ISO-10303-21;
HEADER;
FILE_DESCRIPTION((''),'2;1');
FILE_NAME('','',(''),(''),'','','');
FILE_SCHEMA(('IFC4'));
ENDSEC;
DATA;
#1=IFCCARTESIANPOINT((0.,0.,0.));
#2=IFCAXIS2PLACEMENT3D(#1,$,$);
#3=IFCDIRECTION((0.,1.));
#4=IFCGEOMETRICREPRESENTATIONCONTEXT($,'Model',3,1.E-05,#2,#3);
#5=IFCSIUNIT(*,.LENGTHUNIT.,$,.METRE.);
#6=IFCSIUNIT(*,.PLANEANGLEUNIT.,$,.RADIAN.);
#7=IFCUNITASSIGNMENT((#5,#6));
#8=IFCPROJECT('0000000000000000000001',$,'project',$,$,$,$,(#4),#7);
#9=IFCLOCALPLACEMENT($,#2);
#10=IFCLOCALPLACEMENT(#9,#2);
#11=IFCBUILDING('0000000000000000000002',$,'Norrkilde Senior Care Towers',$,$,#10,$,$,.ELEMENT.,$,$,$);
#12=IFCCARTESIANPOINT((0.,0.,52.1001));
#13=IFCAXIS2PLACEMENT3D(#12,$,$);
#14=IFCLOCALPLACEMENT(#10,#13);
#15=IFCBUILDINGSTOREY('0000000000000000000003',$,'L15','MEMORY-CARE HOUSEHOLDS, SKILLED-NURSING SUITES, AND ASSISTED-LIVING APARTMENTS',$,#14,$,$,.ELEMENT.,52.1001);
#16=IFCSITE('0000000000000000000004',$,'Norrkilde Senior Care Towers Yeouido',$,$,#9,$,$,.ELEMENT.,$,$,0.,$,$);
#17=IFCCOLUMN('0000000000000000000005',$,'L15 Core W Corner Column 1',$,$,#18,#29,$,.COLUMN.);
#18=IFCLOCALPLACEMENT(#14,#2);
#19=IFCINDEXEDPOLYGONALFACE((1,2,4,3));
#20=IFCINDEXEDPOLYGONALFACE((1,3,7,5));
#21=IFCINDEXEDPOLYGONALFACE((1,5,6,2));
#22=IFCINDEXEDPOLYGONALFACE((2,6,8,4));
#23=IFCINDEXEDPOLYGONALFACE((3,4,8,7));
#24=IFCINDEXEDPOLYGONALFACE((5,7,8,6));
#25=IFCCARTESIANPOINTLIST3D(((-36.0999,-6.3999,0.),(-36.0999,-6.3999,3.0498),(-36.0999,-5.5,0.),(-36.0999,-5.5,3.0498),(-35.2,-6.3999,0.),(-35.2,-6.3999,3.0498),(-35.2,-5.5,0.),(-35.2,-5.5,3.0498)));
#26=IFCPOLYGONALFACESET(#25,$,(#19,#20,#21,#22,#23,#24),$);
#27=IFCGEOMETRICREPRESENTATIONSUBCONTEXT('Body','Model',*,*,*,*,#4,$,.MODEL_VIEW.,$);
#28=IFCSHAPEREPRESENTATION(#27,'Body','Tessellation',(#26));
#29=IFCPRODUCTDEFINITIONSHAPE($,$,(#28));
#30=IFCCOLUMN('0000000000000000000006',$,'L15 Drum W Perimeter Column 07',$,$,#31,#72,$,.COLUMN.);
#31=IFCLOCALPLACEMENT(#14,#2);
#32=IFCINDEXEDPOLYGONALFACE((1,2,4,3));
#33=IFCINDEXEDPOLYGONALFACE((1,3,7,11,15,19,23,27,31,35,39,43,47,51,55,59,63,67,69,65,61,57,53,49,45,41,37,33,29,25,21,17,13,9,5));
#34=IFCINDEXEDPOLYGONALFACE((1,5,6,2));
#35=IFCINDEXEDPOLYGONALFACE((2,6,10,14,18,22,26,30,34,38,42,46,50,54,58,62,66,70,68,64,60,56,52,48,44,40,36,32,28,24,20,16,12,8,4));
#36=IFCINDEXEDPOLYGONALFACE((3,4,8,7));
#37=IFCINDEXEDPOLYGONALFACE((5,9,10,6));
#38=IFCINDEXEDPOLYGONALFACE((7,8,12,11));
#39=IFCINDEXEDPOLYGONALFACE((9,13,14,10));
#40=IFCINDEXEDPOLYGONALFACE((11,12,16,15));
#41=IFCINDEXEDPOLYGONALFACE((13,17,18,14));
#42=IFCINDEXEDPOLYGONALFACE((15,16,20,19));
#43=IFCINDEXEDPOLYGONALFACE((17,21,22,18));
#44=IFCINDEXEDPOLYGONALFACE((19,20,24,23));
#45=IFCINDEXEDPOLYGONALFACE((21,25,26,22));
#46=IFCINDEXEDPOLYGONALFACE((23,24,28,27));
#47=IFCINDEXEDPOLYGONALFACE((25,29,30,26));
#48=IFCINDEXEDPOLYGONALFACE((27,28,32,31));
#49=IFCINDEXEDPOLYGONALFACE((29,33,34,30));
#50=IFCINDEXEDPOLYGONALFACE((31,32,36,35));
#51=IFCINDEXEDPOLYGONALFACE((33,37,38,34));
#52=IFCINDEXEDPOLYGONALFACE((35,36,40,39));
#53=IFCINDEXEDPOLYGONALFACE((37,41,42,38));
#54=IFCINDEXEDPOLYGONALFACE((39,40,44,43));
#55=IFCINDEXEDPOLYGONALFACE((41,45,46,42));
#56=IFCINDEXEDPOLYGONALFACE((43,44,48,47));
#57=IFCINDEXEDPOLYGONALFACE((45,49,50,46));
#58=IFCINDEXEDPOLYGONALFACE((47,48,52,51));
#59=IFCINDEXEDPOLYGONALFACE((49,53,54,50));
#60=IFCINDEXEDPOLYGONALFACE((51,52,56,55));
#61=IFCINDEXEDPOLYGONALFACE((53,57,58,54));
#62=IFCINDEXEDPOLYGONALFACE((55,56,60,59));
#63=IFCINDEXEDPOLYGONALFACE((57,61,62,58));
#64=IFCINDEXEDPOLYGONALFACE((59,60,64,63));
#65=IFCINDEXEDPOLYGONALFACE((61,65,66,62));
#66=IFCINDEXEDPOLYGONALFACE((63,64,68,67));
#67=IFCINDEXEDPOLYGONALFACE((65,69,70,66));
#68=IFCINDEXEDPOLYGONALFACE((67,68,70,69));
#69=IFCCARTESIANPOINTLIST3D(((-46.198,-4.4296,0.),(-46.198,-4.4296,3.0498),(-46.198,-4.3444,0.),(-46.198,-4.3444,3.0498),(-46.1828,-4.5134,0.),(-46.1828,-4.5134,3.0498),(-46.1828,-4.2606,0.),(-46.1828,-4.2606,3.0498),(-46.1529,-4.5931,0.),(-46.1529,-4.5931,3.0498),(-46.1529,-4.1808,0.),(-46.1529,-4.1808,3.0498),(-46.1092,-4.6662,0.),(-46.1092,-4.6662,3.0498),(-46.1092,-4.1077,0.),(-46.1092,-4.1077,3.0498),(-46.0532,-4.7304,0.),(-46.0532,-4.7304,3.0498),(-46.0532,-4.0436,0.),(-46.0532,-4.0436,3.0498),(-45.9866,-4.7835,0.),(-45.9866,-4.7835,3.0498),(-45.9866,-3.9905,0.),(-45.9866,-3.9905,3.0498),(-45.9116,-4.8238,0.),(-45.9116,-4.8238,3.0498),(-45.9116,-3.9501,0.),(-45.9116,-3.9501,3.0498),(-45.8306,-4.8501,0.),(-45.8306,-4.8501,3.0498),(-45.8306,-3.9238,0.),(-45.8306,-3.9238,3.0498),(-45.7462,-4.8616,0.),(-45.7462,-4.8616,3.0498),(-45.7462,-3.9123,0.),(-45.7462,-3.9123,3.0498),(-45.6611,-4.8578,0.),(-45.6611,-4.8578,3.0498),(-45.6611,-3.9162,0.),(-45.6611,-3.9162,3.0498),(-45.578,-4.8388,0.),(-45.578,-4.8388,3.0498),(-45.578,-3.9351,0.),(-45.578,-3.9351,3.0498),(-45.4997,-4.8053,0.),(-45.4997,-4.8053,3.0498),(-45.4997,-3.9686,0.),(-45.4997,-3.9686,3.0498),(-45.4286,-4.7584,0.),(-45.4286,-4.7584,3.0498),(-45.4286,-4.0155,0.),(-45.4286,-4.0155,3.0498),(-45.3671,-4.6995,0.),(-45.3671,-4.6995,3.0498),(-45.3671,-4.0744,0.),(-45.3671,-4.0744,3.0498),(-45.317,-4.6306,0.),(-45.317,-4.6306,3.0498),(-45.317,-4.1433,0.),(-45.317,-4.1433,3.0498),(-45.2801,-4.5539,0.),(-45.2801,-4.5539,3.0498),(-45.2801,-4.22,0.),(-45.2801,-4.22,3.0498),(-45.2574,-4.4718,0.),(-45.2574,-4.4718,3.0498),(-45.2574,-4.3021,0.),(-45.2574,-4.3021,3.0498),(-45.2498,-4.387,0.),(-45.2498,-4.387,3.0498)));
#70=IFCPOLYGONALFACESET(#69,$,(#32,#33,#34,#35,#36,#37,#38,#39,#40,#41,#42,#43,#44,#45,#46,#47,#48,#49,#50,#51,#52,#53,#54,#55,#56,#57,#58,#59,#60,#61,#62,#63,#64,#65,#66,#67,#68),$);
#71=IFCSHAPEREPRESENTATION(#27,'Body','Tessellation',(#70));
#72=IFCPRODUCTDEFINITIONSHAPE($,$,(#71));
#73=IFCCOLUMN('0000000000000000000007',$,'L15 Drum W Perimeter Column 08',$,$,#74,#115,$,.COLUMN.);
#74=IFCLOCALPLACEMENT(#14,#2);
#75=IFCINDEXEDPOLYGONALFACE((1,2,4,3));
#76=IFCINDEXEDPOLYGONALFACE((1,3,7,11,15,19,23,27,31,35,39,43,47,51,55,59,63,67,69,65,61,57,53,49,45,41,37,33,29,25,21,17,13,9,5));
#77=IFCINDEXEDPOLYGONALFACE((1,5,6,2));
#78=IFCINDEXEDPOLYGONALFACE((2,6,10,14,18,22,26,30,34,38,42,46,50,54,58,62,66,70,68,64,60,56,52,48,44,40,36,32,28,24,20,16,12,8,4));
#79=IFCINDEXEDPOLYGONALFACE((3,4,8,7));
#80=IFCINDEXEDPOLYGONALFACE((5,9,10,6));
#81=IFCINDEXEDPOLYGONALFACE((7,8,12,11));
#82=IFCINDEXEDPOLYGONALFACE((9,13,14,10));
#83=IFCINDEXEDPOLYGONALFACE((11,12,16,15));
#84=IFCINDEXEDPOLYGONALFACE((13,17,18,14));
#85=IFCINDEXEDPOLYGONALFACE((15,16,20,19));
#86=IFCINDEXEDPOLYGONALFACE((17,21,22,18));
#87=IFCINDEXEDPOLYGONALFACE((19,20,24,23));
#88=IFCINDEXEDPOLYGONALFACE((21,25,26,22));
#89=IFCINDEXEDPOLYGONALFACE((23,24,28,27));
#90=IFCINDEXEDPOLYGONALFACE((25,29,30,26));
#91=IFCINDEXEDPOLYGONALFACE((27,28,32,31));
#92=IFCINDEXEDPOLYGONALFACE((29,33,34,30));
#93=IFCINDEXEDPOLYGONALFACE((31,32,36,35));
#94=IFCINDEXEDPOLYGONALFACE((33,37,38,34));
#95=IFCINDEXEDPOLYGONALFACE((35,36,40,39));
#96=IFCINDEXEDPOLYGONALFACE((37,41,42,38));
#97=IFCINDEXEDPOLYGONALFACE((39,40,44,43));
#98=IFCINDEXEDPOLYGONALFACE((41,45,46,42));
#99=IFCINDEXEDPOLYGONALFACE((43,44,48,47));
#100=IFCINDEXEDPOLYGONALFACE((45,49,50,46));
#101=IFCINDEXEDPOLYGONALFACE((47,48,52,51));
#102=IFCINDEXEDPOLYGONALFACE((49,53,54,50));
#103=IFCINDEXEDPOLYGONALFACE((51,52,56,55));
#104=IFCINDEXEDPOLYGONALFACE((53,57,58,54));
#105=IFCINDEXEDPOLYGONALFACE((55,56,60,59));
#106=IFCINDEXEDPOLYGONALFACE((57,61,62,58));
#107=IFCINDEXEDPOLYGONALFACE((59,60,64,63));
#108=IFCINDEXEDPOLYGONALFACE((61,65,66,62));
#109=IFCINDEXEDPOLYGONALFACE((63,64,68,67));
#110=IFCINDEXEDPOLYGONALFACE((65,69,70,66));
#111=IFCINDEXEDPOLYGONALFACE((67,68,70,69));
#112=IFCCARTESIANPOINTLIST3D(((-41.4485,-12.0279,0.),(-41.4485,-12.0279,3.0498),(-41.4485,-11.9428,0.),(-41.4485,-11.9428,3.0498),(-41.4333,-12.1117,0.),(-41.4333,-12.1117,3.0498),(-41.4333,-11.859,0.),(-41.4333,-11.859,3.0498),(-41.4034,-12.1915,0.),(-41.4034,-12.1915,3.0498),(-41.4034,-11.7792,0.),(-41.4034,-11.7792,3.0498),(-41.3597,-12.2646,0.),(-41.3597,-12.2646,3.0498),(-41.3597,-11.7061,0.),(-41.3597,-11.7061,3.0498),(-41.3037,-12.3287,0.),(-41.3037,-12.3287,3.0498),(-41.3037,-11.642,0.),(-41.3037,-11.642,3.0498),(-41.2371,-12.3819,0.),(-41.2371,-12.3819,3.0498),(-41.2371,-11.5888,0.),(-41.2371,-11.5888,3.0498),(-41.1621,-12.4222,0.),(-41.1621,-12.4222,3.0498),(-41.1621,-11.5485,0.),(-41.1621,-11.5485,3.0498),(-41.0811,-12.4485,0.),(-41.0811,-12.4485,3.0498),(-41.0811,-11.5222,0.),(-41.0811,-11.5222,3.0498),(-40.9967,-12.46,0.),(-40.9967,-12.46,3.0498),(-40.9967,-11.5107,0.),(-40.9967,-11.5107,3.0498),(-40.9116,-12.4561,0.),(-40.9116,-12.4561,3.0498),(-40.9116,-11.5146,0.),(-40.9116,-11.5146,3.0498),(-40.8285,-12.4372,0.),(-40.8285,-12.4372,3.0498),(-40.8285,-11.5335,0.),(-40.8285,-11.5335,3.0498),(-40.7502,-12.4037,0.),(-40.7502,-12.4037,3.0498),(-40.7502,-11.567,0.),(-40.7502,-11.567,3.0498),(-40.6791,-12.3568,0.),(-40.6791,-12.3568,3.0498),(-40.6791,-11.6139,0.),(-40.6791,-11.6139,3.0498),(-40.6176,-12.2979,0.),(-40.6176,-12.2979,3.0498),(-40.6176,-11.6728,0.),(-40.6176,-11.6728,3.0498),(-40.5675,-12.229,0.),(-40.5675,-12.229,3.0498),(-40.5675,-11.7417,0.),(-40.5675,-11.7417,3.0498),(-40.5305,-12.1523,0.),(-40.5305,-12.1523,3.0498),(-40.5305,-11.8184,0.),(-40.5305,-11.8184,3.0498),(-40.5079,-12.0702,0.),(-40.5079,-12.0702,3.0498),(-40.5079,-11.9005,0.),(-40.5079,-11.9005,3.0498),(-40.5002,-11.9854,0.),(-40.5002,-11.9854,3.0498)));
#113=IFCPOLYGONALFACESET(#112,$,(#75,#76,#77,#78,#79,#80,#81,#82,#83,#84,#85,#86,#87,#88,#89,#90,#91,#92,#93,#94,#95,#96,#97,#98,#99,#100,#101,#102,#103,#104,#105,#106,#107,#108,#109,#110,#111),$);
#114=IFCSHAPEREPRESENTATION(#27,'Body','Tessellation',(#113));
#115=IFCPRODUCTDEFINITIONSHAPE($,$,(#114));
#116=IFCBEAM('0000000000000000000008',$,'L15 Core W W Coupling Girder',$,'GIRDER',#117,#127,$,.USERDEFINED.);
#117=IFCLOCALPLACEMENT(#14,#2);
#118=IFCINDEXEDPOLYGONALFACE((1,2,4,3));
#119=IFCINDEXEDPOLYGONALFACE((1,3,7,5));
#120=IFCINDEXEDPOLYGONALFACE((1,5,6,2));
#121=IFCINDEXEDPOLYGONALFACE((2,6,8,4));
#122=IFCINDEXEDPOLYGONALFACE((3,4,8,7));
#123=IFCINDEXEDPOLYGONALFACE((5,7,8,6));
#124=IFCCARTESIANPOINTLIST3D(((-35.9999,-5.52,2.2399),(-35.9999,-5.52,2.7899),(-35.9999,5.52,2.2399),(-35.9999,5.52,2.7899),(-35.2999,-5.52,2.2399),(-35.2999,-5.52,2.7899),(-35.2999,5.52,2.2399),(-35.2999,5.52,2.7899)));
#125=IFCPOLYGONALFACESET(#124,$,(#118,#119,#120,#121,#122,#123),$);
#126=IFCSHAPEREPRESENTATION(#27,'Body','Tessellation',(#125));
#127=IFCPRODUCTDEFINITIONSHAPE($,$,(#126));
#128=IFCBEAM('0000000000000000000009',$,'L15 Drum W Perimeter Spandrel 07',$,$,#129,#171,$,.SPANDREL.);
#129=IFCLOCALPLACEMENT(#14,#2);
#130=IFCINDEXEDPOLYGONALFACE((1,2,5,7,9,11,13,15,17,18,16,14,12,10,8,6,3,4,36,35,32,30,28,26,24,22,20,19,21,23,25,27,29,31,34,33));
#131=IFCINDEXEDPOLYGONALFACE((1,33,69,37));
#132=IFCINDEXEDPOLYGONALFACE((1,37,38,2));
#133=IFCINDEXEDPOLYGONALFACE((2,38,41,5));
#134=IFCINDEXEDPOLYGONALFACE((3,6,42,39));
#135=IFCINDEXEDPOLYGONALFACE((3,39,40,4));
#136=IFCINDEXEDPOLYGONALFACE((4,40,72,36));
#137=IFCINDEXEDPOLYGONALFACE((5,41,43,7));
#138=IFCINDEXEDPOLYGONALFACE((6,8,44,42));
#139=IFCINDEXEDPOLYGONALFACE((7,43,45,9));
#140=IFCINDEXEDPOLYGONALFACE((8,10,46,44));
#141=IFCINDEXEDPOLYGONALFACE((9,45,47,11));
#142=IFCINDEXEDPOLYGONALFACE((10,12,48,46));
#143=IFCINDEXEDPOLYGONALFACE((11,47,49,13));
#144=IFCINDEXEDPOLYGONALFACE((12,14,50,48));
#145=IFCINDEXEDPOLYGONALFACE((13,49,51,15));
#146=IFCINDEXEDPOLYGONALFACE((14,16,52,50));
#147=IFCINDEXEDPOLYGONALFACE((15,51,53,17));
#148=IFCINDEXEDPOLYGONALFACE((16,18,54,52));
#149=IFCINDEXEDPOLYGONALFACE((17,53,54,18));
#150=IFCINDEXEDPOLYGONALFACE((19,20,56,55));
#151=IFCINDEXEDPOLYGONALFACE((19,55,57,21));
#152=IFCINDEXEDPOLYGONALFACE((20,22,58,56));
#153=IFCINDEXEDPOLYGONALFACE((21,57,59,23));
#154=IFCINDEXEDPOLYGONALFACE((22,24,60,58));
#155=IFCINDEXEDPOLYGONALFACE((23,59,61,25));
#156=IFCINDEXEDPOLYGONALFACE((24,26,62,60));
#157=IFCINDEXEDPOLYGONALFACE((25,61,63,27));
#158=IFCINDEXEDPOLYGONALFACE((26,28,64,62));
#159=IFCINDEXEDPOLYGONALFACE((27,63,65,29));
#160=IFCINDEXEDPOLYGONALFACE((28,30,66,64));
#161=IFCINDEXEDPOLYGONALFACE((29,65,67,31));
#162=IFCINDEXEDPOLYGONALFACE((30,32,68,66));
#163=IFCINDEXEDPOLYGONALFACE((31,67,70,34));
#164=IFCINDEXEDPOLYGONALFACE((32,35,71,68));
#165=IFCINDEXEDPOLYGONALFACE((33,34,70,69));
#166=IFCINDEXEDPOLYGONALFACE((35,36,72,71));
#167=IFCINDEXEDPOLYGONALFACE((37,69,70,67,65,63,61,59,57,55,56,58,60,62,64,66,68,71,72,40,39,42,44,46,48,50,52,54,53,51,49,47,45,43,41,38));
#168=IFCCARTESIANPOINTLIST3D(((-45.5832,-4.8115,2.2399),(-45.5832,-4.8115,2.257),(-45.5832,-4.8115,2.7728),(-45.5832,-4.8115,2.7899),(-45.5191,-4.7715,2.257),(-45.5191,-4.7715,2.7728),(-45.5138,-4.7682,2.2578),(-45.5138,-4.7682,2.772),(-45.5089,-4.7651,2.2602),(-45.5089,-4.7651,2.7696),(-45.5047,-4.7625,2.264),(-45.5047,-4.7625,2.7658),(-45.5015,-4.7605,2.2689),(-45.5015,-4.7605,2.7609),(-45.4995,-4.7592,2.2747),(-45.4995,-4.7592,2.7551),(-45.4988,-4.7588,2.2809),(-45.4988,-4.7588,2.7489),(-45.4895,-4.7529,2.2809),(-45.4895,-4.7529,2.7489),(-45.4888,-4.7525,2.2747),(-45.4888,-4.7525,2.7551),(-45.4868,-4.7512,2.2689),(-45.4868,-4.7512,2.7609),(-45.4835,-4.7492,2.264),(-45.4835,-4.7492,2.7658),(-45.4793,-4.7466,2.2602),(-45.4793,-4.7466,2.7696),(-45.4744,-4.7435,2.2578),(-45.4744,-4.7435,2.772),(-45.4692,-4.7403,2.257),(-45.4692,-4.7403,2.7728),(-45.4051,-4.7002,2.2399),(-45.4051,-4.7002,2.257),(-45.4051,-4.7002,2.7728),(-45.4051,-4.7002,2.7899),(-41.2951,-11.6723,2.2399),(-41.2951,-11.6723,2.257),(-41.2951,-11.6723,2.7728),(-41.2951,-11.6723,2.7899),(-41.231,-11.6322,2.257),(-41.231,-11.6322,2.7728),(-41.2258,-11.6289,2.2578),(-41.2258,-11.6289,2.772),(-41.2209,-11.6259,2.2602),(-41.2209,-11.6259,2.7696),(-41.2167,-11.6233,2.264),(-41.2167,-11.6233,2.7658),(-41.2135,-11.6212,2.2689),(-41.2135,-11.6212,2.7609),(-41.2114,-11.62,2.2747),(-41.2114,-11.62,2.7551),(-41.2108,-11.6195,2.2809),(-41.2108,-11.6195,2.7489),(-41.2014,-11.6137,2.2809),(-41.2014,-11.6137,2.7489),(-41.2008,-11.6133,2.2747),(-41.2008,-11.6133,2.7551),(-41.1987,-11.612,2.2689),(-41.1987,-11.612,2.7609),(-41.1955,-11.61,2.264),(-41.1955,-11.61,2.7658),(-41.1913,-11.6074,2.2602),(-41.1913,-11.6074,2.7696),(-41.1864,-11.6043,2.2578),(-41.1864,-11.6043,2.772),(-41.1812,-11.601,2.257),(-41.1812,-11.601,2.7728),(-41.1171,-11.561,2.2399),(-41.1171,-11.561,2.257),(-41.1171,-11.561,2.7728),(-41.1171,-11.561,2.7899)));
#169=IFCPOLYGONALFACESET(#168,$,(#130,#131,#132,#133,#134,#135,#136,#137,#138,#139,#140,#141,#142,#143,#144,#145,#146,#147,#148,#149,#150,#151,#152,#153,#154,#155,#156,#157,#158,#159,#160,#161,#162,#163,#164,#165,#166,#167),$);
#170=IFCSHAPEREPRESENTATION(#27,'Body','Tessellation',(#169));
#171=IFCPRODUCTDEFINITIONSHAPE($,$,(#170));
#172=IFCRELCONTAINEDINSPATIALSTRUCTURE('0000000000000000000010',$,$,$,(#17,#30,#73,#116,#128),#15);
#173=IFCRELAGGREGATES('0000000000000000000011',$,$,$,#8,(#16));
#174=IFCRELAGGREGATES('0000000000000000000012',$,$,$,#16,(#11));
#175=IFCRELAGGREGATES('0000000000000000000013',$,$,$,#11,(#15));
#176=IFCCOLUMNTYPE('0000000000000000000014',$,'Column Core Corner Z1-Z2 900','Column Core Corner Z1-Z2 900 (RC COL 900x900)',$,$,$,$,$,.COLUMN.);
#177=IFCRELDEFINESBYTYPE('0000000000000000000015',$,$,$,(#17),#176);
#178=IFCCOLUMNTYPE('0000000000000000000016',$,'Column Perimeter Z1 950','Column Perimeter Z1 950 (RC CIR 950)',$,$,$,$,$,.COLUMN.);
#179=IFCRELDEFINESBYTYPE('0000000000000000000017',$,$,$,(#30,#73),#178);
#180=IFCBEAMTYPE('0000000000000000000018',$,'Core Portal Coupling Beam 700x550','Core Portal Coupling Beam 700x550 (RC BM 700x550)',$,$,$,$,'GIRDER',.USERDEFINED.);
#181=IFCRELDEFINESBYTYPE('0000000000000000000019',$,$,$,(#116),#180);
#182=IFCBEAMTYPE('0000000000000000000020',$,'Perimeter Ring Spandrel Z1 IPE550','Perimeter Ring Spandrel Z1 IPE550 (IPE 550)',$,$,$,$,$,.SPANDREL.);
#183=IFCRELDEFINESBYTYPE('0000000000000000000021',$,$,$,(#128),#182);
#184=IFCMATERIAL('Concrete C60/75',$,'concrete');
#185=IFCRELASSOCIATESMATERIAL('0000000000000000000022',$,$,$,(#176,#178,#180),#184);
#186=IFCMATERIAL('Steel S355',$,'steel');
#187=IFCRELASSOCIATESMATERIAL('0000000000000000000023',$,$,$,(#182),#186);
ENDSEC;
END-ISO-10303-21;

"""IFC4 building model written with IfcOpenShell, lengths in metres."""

from ifc_helpers import new_model, si_unit, direction, frame, origin, origin_2d, place, context, subcontext, project, spatial, rectangle, circle, i_section, extrude, source, transform, mapped, material, material_profile, profile_set, type_object, type_shapes, element, save


model = new_model("IFC4")

# Units and contexts
model_context = context("Model", 3, precision=1e-05, world=origin(), true_north=direction((0.0, 1.0)))
body_context = subcontext(model_context, "Body", "Model", "MODEL_VIEW")
ifc_project = project(units=[si_unit("LENGTHUNIT", "METRE"), si_unit("PLANEANGLEUNIT", "RADIAN")], contexts=[model_context])

# Site, building, storey
site_placement = place(None, origin())
site = spatial("IfcSite", under=ifc_project, at=site_placement, Name="Norrkilde Senior Care Towers Yeouido", CompositionType="ELEMENT", RefElevation=0.0)
building_placement = place(site_placement, origin())
building = spatial("IfcBuilding", under=site, at=building_placement, Name="Norrkilde Senior Care Towers", CompositionType="ELEMENT")
storey_placement = place(building_placement, frame((0.0, 0.0, 52.1001)))
storey = spatial("IfcBuildingStorey", under=building, at=storey_placement, Name="L15", Description="MEMORY-CARE HOUSEHOLDS, SKILLED-NURSING SUITES, AND ASSISTED-LIVING APARTMENTS", CompositionType="ELEMENT", Elevation=52.1001)

# Columns
ifc_material_1 = material(Name="Concrete C60/75", Category="concrete")
ifc_material_profile_1 = material_profile(ifc_material_1, rectangle(XDim=0.8999, YDim=0.8999, at=origin_2d()), Name="RC COL 900x900")
ifc_profile_set_1 = profile_set([ifc_material_profile_1], Name="Concrete C60/75")
column_type_1 = type_object("IfcColumnType", Name="Column Core Corner Z1-Z2 900", Description="Column Core Corner Z1-Z2 900 (RC COL 900x900)", PredefinedType="COLUMN", material=ifc_profile_set_1)
shared_shape_1 = source(origin(), body_context, "Body", "SweptSolid", [
    extrude(rectangle(XDim=0.8999, YDim=0.8999, at=origin_2d()), origin(), (0.0, 0.0, 1.0), 3.0498),
])
type_shapes(column_type_1, [shared_shape_1])
column_placement = place(storey_placement, frame((-35.6499, -5.95, 0.0), z_axis=(0.0, 0.0, 1.0), x_axis=(1.0, 0.0, 0.0)))
element("IfcColumn", 1, at=column_placement, inside=storey, type_object=column_type_1, Name="L15 Core W Corner Column 1", PredefinedType="COLUMN", context=body_context, shape_type="MappedRepresentation", body=[
    mapped(shared_shape_1, transform((0.0, 0.0, 0.0), x_axis=(1.0, 0.0, 0.0), y_axis=(0.0, 1.0, 0.0), z_axis=(0.0, 0.0, 1.0), scale=1.0)),
])
ifc_material_profile_2 = material_profile(ifc_material_1, circle(Radius=0.4751, at=origin_2d()), Name="RC CIR 950")
ifc_profile_set_2 = profile_set([ifc_material_profile_2], Name="Concrete C60/75")
column_type_2 = type_object("IfcColumnType", Name="Column Perimeter Z1 950", Description="Column Perimeter Z1 950 (RC CIR 950)", PredefinedType="COLUMN", material=ifc_profile_set_2)
shared_shape_2 = source(origin(), body_context, "Body", "SweptSolid", [
    extrude(circle(Radius=0.4751, at=origin_2d()), origin(), (0.0, 0.0, 1.0), 3.0498),
])
type_shapes(column_type_2, [shared_shape_2])
for number, where, z_axis, x_axis, name in (
    (2, (-45.7249, -4.387, 0.0), (0.0, 0.0, 1.0), (1.0, 0.0, 0.0), "L15 Drum W Perimeter Column 07"),
    (3, (-40.9753, -11.9854, 0.0), (0.0, 0.0, 1.0), (1.0, 0.0, 0.0), "L15 Drum W Perimeter Column 08"),
):
    element("IfcColumn", number, at=place(storey_placement, frame(where, z_axis=z_axis, x_axis=x_axis)), inside=storey, type_object=column_type_2, Name=name, PredefinedType="COLUMN", context=body_context, shape_type="MappedRepresentation", body=[
        mapped(shared_shape_2, transform((0.0, 0.0, 0.0), x_axis=(1.0, 0.0, 0.0), y_axis=(0.0, 1.0, 0.0), z_axis=(0.0, 0.0, 1.0), scale=1.0)),
    ])

# Beams
ifc_material_profile_3 = material_profile(ifc_material_1, rectangle(XDim=0.7, YDim=0.55, at=origin_2d()), Name="RC BM 700x550")
ifc_profile_set_3 = profile_set([ifc_material_profile_3], Name="Concrete C60/75")
beam_type_1 = type_object("IfcBeamType", Name="Core Portal Coupling Beam 700x550", Description="Core Portal Coupling Beam 700x550 (RC BM 700x550)", ElementType="GIRDER", PredefinedType="USERDEFINED", material=ifc_profile_set_3)
shared_shape_3 = source(origin(), body_context, "Body", "SweptSolid", [
    extrude(rectangle(XDim=0.7, YDim=0.55, at=origin_2d()), origin(), (0.0, 0.0, 1.0), 11.04),
])
type_shapes(beam_type_1, [shared_shape_3])
beam_1_placement = place(storey_placement, frame((-35.6499, -5.52, 2.5149), z_axis=(0.0, 1.0, 0.0), x_axis=(-1.0, 0.0, 0.0)))
element("IfcBeam", 4, at=beam_1_placement, inside=storey, type_object=beam_type_1, Name="L15 Core W W Coupling Girder", ObjectType="GIRDER", PredefinedType="USERDEFINED", context=body_context, shape_type="MappedRepresentation", body=[
    mapped(shared_shape_3, transform((0.0, 0.0, 0.0), x_axis=(1.0, 0.0, 0.0), y_axis=(0.0, 1.0, 0.0), z_axis=(0.0, 0.0, 1.0), scale=1.0)),
])
ifc_material_2 = material(Name="Steel S355", Category="steel")
ifc_material_profile_4 = material_profile(ifc_material_2, i_section(OverallWidth=0.21, OverallDepth=0.55, WebThickness=0.011, FlangeThickness=0.0171, FilletRadius=0.0239, at=origin_2d()), Name="IPE 550")
ifc_profile_set_4 = profile_set([ifc_material_profile_4], Name="Steel S355")
beam_type_2 = type_object("IfcBeamType", Name="Perimeter Ring Spandrel Z1 IPE550", Description="Perimeter Ring Spandrel Z1 IPE550 (IPE 550)", PredefinedType="SPANDREL", material=ifc_profile_set_4)
shared_shape_4 = source(origin(), body_context, "Body", "SweptSolid", [
    extrude(i_section(OverallWidth=0.21, OverallDepth=0.55, WebThickness=0.011, FlangeThickness=0.0171, FilletRadius=0.0239, at=origin_2d()), origin(), (0.0, 0.0, 1.0), 8.0906),
])
beam_2_placement = place(storey_placement, frame((-45.4941, -4.7559, 2.5149), z_axis=(0.530004, -0.847995, 0.0), x_axis=(0.847995, 0.530004, 0.0)))
element("IfcBeam", 5, at=beam_2_placement, inside=storey, type_object=beam_type_2, Name="L15 Drum W Perimeter Spandrel 07", PredefinedType="SPANDREL", context=body_context, shape_type="MappedRepresentation", body=[
    mapped(shared_shape_4, transform((0.0, 0.0, 0.0), x_axis=(1.0, 0.0, 0.0), y_axis=(0.0, 1.0, 0.0), z_axis=(0.0, 0.0, 1.0), scale=1.0)),
])

save(model, "model.ifc")
